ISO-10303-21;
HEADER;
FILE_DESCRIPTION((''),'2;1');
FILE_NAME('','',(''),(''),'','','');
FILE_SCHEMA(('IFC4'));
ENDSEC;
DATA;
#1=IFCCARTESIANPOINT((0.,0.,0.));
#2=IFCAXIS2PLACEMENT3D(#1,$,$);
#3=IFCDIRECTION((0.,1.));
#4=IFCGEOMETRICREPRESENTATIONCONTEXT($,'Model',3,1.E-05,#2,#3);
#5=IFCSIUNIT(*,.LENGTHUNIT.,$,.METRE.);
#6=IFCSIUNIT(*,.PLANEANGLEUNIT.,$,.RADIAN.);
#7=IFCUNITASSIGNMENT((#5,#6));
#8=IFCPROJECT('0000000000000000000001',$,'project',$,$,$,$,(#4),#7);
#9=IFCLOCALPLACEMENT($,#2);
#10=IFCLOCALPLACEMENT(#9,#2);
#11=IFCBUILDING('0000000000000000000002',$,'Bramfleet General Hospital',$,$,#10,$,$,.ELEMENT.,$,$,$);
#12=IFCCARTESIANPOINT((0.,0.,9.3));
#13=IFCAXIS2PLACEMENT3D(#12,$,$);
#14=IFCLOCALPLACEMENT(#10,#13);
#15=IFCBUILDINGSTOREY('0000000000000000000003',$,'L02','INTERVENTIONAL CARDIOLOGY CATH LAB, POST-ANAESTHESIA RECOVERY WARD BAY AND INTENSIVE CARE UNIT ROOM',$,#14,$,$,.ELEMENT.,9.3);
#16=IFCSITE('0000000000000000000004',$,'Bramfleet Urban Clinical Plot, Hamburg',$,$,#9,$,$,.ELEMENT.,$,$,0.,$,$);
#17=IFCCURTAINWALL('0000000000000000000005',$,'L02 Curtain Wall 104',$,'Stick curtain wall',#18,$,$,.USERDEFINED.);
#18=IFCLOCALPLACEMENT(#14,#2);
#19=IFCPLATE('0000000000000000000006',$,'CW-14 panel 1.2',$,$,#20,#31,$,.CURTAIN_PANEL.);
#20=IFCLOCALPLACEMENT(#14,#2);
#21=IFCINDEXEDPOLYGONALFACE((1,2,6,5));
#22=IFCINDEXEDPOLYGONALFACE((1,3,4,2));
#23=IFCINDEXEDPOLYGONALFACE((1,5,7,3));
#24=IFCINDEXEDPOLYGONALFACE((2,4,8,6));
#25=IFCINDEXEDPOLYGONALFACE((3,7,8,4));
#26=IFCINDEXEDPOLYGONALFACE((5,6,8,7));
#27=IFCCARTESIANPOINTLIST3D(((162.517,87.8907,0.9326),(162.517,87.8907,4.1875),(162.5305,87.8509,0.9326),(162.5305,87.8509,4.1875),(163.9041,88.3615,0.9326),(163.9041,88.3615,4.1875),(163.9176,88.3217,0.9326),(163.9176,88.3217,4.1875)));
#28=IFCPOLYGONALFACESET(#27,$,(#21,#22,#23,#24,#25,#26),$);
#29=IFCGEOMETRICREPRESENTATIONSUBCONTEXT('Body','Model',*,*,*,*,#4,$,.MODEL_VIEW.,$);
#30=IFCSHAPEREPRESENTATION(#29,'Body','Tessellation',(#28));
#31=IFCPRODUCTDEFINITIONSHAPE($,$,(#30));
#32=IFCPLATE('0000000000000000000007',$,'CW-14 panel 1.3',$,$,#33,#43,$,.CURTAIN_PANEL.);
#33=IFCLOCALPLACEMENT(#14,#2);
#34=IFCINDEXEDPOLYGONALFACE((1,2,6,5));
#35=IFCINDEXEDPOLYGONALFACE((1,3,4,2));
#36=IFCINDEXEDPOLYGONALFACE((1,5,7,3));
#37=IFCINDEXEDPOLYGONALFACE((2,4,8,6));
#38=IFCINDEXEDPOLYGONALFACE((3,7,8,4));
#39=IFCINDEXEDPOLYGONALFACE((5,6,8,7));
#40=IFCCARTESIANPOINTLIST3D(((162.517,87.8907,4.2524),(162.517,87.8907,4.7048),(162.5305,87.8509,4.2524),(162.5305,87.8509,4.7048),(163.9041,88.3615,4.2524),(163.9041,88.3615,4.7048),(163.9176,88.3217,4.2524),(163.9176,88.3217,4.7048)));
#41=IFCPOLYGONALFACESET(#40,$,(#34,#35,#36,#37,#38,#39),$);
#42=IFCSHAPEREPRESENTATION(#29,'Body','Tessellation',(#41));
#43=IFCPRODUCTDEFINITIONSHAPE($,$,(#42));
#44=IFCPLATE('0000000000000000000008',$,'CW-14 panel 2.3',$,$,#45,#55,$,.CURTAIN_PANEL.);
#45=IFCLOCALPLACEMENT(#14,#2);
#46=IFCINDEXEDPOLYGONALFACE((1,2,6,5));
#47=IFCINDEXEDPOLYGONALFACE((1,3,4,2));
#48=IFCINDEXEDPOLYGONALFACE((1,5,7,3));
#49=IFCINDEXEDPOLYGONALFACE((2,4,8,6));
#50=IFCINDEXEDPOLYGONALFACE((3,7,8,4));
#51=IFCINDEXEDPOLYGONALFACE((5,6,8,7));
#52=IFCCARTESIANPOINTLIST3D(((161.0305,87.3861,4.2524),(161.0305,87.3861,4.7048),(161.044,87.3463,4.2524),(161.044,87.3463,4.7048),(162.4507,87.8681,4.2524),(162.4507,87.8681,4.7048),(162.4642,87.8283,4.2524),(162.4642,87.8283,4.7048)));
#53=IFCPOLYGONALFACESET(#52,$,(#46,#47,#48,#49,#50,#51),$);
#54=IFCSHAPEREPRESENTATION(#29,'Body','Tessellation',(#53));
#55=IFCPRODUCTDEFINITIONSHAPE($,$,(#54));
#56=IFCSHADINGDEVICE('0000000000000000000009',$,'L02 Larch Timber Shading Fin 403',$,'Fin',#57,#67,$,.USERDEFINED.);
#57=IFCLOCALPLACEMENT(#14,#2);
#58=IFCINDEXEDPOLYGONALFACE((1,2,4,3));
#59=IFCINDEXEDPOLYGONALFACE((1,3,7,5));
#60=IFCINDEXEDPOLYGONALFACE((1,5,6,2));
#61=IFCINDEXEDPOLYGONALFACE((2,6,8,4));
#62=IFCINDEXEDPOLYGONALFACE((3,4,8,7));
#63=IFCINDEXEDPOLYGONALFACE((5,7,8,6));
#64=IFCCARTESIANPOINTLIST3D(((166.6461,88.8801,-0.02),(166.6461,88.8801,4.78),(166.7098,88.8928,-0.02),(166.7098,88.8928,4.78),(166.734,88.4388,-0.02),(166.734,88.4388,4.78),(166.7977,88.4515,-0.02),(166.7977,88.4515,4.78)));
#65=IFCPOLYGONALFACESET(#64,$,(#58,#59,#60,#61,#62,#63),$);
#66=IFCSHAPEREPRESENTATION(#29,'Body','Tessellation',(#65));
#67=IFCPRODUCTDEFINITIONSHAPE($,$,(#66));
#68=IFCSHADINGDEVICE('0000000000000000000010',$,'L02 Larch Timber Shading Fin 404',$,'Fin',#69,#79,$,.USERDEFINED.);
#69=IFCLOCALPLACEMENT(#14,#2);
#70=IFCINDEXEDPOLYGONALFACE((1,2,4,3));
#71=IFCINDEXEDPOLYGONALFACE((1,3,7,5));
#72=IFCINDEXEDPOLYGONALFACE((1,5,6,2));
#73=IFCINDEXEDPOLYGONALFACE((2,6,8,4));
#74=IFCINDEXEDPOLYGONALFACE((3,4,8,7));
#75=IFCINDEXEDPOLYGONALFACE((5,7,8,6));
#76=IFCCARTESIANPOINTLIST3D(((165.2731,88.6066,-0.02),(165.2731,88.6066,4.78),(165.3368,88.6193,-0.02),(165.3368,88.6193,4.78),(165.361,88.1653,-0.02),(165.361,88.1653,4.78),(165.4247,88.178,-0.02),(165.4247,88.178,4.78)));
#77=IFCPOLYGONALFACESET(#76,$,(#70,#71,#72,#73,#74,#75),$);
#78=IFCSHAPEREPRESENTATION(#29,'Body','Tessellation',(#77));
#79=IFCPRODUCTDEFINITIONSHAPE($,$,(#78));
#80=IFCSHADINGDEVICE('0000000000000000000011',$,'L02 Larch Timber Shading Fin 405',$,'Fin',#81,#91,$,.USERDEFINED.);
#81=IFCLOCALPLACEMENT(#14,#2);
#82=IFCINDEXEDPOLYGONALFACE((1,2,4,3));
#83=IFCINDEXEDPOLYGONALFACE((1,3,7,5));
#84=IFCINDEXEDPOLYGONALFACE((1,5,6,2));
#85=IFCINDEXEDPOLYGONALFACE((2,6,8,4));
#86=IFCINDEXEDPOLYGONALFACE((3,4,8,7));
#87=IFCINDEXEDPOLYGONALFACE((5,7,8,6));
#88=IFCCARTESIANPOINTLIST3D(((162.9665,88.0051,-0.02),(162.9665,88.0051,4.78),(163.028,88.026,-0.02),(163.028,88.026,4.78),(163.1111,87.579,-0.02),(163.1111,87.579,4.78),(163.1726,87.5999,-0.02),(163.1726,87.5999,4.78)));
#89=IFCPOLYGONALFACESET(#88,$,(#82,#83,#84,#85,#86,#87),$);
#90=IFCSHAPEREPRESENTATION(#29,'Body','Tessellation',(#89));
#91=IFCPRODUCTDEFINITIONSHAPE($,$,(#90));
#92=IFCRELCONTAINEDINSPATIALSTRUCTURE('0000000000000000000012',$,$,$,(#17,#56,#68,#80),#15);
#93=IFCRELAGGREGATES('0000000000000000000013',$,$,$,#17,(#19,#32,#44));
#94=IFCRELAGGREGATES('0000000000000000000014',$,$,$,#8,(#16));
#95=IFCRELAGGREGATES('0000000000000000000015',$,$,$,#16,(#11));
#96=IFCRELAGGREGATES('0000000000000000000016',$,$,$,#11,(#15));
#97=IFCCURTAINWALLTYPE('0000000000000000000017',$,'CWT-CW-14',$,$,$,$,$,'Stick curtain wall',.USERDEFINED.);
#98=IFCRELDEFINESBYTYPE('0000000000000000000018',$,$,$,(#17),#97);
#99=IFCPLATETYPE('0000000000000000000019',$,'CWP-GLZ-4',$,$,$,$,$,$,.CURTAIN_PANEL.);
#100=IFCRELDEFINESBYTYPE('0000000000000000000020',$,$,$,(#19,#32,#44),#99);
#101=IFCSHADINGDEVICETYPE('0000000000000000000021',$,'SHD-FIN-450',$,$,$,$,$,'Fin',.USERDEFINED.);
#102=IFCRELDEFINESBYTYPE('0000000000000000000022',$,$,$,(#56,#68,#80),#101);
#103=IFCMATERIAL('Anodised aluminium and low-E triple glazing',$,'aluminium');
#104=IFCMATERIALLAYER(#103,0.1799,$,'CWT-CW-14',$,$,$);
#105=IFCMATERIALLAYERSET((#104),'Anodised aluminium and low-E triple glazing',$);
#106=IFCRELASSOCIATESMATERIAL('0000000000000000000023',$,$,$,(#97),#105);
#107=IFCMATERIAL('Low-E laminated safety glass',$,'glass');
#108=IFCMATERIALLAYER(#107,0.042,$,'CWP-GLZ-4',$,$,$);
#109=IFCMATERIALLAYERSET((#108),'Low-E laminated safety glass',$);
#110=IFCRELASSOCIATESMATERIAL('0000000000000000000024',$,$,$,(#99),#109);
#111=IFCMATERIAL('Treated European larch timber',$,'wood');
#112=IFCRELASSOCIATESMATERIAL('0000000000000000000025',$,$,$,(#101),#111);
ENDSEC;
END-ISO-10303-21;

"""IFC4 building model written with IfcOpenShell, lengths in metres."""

from ifc_helpers import new_model, si_unit, direction, frame, origin, origin_2d, place, context, subcontext, project, spatial, rectangle, extrude, material, layer, layer_set, material_profile, profile_set, type_object, element, aggregate, save


model = new_model("IFC4")

# Units and contexts
model_context = context("Model", 3, precision=1e-05, world=origin(), true_north=direction((0.0, 1.0)))
body_context = subcontext(model_context, "Body", "Model", "MODEL_VIEW")
ifc_project = project(units=[si_unit("LENGTHUNIT", "METRE"), si_unit("PLANEANGLEUNIT", "RADIAN")], contexts=[model_context])

# Site, building, storey
site_placement = place(None, origin())
site = spatial("IfcSite", under=ifc_project, at=site_placement, Name="Bramfleet Urban Clinical Plot, Hamburg", CompositionType="ELEMENT", RefElevation=0.0)
building_placement = place(site_placement, origin())
building = spatial("IfcBuilding", under=site, at=building_placement, Name="Bramfleet General Hospital", CompositionType="ELEMENT")
storey_placement = place(building_placement, frame((0.0, 0.0, 9.3)))
storey = spatial("IfcBuildingStorey", under=building, at=storey_placement, Name="L02", Description="INTERVENTIONAL CARDIOLOGY CATH LAB, POST-ANAESTHESIA RECOVERY WARD BAY AND INTENSIVE CARE UNIT ROOM", CompositionType="ELEMENT", Elevation=9.3)

# Curtain wall
ifc_material_1 = material(Name="Anodised aluminium and low-E triple glazing", Category="aluminium")
ifc_layer_1 = layer(ifc_material_1, 0.1799, Name="CWT-CW-14")
ifc_layer_set_1 = layer_set([ifc_layer_1], Name="Anodised aluminium and low-E triple glazing")
curtain_wall_type_1 = type_object("IfcCurtainWallType", Name="CWT-CW-14", ElementType="Stick curtain wall", PredefinedType="USERDEFINED", material=ifc_layer_set_1)
curtain_wall_1_placement = place(storey_placement, origin())
curtain_wall_1 = element("IfcCurtainWall", 1, at=curtain_wall_1_placement, inside=storey, type_object=curtain_wall_type_1, Name="L02 Curtain Wall 104", ObjectType="Stick curtain wall", PredefinedType="USERDEFINED")

# Plates
ifc_material_2 = material(Name="Low-E laminated safety glass", Category="glass")
ifc_layer_2 = layer(ifc_material_2, 0.042, Name="CWP-GLZ-4")
ifc_layer_set_2 = layer_set([ifc_layer_2], Name="Low-E laminated safety glass")
plate_type_1 = type_object("IfcPlateType", Name="CWP-GLZ-4", PredefinedType="CURTAIN_PANEL", material=ifc_layer_set_2)
plate_1_placement = place(storey_placement, frame((163.2173, 88.1062, 0.9326), z_axis=(0.0, 0.0, 1.0), x_axis=(-0.946949, -0.321383, 0.0)))
plate_1 = element("IfcPlate", 2, at=plate_1_placement, type_object=plate_type_1, Name="CW-14 panel 1.2", PredefinedType="CURTAIN_PANEL", context=body_context, shape_type="SweptSolid", body=[
    extrude(rectangle(XDim=1.4648, YDim=0.042, at=origin_2d()), origin(), (0.0, 0.0, 1.0), 3.2549),
])
plate_2_placement = place(storey_placement, frame((163.2173, 88.1062, 4.2524), z_axis=(0.0, 0.0, 1.0), x_axis=(-0.946949, -0.321383, 0.0)))
plate_2 = element("IfcPlate", 3, at=plate_2_placement, type_object=plate_type_1, Name="CW-14 panel 1.3", PredefinedType="CURTAIN_PANEL", context=body_context, shape_type="SweptSolid", body=[
    extrude(rectangle(XDim=1.4648, YDim=0.042, at=origin_2d()), origin(), (0.0, 0.0, 1.0), 0.4524),
])
plate_3_placement = place(storey_placement, frame((161.7473, 87.6072, 4.2524), z_axis=(0.0, 0.0, 1.0), x_axis=(-0.946949, -0.321383, 0.0)))
plate_3 = element("IfcPlate", 4, at=plate_3_placement, type_object=plate_type_1, Name="CW-14 panel 2.3", PredefinedType="CURTAIN_PANEL", context=body_context, shape_type="SweptSolid", body=[
    extrude(rectangle(XDim=1.4998, YDim=0.042, at=origin_2d()), origin(), (0.0, 0.0, 1.0), 0.4524),
])
aggregate(curtain_wall_1, [plate_1, plate_2, plate_3])

# Shading devices
ifc_material_3 = material(Name="Treated European larch timber", Category="wood")
ifc_material_profile_1 = material_profile(ifc_material_3, rectangle(XDim=0.0649, YDim=0.45, at=origin_2d()), Name="LARCH FIN 450x65")
ifc_profile_set_1 = profile_set([ifc_material_profile_1], Name="Treated European larch timber")
shading_device_type = type_object("IfcShadingDeviceType", Name="SHD-FIN-450", ElementType="Fin", PredefinedType="USERDEFINED", material=ifc_profile_set_1)
for number, where, z_axis, x_axis, name in (
    (5, (166.7219, 88.6658, -0.02), (0.0, 0.0, 1.0), (-0.980749, -0.195272, 0.0), "L02 Larch Timber Shading Fin 403"),
    (6, (165.3489, 88.3923, -0.02), (0.0, 0.0, 1.0), (-0.980749, -0.195272, 0.0), "L02 Larch Timber Shading Fin 404"),
    (7, (163.0696, 87.8025, -0.02), (0.0, 0.0, 1.0), (-0.946949, -0.321383, 0.0), "L02 Larch Timber Shading Fin 405"),
):
    element("IfcShadingDevice", number, at=place(storey_placement, frame(where, z_axis=z_axis, x_axis=x_axis)), inside=storey, type_object=shading_device_type, Name=name, ObjectType="Fin", PredefinedType="USERDEFINED", context=body_context, shape_type="SweptSolid", body=[
        extrude(rectangle(XDim=0.0649, YDim=0.45, at=origin_2d()), origin(), (0.0, 0.0, 1.0), 4.8),
    ])

save(model, "model.ifc")
